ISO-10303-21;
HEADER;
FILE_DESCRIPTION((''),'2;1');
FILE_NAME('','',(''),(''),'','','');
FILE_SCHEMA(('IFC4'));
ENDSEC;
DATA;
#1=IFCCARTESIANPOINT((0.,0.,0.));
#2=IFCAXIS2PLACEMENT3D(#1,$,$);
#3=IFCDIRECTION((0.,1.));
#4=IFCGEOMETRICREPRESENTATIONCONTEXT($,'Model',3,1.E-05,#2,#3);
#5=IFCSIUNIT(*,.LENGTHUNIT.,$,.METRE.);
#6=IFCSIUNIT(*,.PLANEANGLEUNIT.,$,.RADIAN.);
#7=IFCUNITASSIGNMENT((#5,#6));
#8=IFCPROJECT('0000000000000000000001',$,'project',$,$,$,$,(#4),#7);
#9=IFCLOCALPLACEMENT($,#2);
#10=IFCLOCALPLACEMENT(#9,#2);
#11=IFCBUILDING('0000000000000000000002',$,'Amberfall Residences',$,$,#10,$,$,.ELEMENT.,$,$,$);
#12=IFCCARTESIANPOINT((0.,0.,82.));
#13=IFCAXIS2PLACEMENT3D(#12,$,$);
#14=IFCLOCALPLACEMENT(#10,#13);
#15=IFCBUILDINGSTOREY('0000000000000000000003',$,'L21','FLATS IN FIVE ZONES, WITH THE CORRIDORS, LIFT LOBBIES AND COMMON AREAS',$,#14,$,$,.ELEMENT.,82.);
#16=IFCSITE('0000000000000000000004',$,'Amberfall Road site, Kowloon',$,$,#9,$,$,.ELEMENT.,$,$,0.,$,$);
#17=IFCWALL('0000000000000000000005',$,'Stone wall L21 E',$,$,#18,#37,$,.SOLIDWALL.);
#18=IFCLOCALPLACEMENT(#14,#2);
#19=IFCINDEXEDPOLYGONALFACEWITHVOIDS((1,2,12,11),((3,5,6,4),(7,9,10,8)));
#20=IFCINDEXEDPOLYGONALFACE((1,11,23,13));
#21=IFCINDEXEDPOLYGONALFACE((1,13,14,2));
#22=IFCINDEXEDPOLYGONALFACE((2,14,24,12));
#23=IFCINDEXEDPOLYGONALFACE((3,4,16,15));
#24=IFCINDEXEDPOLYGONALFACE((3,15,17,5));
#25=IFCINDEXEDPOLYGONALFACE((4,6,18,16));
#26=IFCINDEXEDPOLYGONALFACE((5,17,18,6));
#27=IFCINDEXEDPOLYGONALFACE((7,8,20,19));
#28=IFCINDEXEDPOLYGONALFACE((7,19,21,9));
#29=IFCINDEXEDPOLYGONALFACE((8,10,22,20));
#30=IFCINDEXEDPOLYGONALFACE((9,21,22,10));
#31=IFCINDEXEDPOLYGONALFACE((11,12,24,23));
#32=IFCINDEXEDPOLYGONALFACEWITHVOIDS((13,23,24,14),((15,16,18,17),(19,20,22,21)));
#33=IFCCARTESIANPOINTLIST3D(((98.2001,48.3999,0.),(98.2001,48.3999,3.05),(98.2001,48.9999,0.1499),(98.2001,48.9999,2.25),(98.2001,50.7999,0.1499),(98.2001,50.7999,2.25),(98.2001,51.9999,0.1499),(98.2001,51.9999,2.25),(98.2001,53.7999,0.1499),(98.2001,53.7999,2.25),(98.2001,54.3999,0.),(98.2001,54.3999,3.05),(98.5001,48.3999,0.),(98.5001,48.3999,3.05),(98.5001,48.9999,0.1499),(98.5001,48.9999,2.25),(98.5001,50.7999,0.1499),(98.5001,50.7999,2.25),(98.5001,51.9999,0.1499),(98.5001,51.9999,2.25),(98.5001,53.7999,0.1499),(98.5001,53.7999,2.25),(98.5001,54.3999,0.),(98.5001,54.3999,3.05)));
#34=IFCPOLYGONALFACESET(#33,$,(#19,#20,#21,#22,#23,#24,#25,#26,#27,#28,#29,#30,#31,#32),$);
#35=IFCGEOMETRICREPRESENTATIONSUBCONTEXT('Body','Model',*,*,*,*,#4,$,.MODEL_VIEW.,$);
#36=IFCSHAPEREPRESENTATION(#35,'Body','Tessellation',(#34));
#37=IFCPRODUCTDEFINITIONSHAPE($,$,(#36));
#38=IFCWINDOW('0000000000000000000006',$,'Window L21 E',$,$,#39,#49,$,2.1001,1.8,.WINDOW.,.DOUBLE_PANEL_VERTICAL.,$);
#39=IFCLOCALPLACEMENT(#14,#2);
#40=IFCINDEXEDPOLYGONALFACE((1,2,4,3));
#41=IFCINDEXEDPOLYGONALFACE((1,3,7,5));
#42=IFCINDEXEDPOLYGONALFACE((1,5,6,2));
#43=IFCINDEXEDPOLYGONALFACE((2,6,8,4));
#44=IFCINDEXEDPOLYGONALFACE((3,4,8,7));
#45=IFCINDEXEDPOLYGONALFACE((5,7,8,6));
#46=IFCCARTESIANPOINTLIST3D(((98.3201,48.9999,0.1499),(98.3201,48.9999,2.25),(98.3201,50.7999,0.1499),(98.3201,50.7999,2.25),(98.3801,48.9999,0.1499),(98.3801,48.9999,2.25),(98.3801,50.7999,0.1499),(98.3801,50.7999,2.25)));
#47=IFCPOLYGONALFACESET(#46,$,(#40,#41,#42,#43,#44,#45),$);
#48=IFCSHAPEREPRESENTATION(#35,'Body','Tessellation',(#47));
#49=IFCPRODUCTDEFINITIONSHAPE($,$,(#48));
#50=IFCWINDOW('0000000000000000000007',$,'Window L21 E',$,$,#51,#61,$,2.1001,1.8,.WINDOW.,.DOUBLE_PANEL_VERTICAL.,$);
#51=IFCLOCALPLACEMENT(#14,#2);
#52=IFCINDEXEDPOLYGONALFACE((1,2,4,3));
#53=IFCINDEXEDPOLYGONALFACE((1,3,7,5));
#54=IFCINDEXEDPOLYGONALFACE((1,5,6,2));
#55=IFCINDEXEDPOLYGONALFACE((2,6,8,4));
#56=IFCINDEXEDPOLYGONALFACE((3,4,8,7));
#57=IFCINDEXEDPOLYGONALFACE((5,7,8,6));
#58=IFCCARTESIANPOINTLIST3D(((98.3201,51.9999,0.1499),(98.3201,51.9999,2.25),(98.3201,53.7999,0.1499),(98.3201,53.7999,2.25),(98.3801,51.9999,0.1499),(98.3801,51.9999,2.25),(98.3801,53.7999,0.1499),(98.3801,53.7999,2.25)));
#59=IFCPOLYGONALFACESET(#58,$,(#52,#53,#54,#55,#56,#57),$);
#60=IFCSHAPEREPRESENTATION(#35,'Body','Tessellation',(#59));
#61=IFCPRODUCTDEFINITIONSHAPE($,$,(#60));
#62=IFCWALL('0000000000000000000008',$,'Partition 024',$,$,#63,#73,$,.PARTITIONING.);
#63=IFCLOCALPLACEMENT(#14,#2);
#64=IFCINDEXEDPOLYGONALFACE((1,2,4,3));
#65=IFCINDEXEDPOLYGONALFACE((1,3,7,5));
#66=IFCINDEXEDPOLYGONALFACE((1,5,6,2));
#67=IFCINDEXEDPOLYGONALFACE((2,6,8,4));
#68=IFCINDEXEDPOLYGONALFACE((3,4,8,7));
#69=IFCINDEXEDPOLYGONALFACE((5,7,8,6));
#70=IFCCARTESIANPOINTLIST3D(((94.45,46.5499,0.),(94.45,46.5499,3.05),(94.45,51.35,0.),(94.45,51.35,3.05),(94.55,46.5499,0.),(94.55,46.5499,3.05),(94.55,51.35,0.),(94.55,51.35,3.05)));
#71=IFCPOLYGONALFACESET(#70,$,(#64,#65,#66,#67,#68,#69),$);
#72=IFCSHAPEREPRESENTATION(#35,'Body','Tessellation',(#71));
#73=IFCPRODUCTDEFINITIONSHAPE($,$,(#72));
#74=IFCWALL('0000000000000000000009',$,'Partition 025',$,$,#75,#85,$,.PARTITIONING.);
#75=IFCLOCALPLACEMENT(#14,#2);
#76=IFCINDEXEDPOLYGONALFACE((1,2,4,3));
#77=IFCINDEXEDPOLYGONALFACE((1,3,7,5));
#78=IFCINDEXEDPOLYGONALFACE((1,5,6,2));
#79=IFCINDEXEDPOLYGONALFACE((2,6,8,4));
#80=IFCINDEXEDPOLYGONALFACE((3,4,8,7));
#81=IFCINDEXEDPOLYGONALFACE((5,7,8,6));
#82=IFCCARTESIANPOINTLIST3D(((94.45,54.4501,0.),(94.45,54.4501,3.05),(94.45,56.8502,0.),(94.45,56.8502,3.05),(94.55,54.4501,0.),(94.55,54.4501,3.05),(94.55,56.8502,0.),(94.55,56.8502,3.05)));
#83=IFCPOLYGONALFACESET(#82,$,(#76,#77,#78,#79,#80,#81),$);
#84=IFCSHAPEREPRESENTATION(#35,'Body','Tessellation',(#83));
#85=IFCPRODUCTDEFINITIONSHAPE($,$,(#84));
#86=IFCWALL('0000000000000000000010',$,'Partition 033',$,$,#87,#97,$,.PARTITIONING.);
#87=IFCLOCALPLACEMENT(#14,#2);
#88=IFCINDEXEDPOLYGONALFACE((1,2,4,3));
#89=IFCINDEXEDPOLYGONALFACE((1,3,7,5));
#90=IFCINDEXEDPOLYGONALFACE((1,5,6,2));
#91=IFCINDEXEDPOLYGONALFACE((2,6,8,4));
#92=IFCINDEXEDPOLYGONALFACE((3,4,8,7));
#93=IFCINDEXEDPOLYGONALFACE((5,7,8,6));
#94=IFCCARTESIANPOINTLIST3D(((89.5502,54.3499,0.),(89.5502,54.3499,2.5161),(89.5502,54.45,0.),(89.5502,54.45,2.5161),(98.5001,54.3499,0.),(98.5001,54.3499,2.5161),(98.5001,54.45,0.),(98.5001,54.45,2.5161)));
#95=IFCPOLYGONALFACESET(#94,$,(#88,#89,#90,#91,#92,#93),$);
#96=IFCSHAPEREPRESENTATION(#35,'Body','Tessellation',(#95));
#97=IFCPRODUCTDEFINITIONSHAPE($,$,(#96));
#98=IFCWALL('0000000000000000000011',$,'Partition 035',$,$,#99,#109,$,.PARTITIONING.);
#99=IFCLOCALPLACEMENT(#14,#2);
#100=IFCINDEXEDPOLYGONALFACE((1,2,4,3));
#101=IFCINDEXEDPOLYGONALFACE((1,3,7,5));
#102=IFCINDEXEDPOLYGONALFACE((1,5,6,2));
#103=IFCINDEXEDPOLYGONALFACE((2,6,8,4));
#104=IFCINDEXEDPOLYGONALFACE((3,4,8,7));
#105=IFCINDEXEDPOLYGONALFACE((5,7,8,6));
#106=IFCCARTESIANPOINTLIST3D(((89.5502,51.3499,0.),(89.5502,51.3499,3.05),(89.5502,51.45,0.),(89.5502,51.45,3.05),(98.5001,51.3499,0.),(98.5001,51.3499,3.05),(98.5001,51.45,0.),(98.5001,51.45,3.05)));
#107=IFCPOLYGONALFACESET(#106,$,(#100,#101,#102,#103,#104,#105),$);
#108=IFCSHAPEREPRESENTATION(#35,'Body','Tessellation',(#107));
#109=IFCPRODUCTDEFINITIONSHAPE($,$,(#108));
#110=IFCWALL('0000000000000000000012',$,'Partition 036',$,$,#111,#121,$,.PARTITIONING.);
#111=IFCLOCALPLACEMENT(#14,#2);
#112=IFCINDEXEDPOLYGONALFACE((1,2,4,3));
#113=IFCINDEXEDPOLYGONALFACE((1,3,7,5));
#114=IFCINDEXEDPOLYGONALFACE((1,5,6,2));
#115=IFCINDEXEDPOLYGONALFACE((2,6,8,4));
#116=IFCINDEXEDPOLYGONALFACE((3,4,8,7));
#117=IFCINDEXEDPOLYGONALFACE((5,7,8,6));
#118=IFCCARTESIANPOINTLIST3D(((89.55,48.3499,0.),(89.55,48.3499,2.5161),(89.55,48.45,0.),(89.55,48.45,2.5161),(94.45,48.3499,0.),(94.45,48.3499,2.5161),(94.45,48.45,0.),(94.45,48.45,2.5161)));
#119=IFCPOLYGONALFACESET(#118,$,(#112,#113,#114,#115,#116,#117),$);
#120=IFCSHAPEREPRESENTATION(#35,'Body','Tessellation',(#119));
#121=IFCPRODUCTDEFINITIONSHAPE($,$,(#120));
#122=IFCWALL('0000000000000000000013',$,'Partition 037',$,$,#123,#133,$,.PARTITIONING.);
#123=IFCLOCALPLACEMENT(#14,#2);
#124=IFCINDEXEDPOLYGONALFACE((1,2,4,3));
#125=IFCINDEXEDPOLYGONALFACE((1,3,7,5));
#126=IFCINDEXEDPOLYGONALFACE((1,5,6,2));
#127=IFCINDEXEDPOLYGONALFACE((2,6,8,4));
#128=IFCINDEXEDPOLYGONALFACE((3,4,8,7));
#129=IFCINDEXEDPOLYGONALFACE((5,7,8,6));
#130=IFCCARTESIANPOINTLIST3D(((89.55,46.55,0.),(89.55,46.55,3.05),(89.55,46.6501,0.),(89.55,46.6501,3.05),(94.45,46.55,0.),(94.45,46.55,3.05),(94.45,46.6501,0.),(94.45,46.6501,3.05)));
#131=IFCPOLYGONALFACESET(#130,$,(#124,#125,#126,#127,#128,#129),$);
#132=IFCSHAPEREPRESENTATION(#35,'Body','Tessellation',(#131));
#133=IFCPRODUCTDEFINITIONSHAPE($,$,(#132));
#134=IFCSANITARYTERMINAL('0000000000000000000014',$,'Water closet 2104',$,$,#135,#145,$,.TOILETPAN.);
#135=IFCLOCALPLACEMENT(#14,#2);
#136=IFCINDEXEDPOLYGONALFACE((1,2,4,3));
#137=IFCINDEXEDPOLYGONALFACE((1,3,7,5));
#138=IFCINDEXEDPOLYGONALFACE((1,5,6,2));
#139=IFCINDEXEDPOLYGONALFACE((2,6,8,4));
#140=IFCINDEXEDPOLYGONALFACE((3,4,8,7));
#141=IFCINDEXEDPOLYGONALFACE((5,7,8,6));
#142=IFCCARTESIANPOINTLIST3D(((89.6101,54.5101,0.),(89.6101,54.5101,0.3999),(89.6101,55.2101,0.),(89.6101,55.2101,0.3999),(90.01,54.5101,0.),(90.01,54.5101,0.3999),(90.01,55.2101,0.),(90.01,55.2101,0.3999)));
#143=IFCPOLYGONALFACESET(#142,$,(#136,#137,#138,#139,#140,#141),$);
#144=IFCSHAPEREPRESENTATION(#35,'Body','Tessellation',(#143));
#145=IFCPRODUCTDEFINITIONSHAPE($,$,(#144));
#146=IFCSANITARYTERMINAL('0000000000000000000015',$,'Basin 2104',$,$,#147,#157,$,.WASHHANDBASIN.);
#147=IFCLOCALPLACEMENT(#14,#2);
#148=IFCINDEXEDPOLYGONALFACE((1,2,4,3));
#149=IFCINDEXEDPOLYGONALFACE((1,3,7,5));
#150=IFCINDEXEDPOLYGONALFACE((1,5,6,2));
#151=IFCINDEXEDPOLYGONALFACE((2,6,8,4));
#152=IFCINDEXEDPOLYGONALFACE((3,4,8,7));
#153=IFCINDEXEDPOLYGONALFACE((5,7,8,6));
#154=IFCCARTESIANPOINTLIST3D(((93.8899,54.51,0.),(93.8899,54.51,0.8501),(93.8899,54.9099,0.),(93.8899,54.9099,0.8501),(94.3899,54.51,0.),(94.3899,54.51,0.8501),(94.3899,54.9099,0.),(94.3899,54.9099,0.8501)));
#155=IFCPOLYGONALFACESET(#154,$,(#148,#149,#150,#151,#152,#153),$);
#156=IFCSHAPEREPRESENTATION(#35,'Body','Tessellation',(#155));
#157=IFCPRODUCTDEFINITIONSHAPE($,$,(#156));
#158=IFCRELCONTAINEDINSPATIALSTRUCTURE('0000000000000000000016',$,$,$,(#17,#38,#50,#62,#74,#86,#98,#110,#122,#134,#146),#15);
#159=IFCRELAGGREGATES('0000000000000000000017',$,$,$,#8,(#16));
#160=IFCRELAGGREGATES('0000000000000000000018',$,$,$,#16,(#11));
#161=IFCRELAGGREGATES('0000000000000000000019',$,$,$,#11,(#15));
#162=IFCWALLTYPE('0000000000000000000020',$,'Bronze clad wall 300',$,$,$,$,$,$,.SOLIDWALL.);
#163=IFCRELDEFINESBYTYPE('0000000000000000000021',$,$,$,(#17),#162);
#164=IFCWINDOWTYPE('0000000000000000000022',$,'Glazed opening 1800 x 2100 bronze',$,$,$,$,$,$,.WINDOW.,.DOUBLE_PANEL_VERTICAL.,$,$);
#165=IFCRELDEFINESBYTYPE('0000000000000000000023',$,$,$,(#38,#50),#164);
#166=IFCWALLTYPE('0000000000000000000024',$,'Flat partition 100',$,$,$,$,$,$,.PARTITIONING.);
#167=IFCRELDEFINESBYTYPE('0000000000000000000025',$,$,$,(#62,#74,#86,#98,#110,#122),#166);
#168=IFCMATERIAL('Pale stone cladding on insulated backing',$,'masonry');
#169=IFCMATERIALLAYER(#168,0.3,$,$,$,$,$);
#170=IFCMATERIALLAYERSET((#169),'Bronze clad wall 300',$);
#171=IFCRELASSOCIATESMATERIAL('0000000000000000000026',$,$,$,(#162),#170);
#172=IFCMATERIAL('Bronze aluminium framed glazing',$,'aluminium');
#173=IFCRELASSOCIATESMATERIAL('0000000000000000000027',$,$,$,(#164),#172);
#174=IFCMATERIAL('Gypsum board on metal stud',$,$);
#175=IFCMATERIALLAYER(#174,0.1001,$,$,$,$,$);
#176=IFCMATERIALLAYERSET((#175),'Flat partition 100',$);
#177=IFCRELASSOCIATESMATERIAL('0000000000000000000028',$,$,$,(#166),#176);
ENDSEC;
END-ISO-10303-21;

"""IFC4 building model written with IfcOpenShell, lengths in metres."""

from ifc_helpers import new_model, si_unit, direction, frame, frame_2d, origin, origin_2d, place, context, subcontext, project, spatial, rectangle, extrude, material, layer, layer_set, type_object, element, fill, save


model = new_model("IFC4")

# Units and contexts
model_context = context("Model", 3, precision=1e-05, world=origin(), true_north=direction((0.0, 1.0)))
body_context = subcontext(model_context, "Body", "Model", "MODEL_VIEW")
ifc_project = project(units=[si_unit("LENGTHUNIT", "METRE"), si_unit("PLANEANGLEUNIT", "RADIAN")], contexts=[model_context])

# Site, building, storey
site_placement = place(None, origin())
site = spatial("IfcSite", under=ifc_project, at=site_placement, Name="Amberfall Road site, Kowloon", CompositionType="ELEMENT", RefElevation=0.0)
building_placement = place(site_placement, origin())
building = spatial("IfcBuilding", under=site, at=building_placement, Name="Amberfall Residences", CompositionType="ELEMENT")
storey_placement = place(building_placement, frame((0.0, 0.0, 82.0)))
storey = spatial("IfcBuildingStorey", under=building, at=storey_placement, Name="L21", Description="FLATS IN FIVE ZONES, WITH THE CORRIDORS, LIFT LOBBIES AND COMMON AREAS", CompositionType="ELEMENT", Elevation=82.0)

# Shared definitions
ifc_material_1 = material(Name="Pale stone cladding on insulated backing", Category="masonry")
ifc_layer_1 = layer(ifc_material_1, 0.3)
ifc_layer_set_1 = layer_set([ifc_layer_1], Name="Bronze clad wall 300")
wall_type_1 = type_object("IfcWallType", Name="Bronze clad wall 300", PredefinedType="SOLIDWALL", material=ifc_layer_set_1)

# Wall, openings, windows
wall_1_placement = place(storey_placement, frame((98.3501, 48.3999, 0.0), z_axis=(0.0, 0.0, 1.0), x_axis=(0.0, 1.0, 0.0)))
wall_1 = element("IfcWall", 1, at=wall_1_placement, inside=storey, type_object=wall_type_1, Name="Stone wall L21 E", PredefinedType="SOLIDWALL", context=body_context, shape_type="SweptSolid", body=[
    extrude(rectangle(XDim=6.0, YDim=0.3, at=frame_2d((3.0, 0.0))), origin(), (0.0, 0.0, 1.0), 3.05),
])
opening_1_placement = place(wall_1_placement, frame((0.6001, 0.0, 0.1499)))
opening_1 = element("IfcOpeningElement", 2, at=opening_1_placement, cuts=wall_1, PredefinedType="OPENING", context=body_context, shape_type="SweptSolid", body=[
    extrude(rectangle(XDim=1.8, YDim=2.1001, at=frame_2d((0.8999, 1.05))), frame((0.0, 0.1599, 0.0), z_axis=(0.0, -1.0, 0.0), x_axis=(1.0, 0.0, 0.0)), (0.0, 0.0, 1.0), 0.3201),
])
opening_2_placement = place(wall_1_placement, frame((3.6001, 0.0, 0.1499)))
opening_2 = element("IfcOpeningElement", 3, at=opening_2_placement, cuts=wall_1, PredefinedType="OPENING", context=body_context, shape_type="SweptSolid", body=[
    extrude(rectangle(XDim=1.8, YDim=2.1001, at=frame_2d((0.8999, 1.05))), frame((0.0, 0.1599, 0.0), z_axis=(0.0, -1.0, 0.0), x_axis=(1.0, 0.0, 0.0)), (0.0, 0.0, 1.0), 0.3201),
])
ifc_material_2 = material(Name="Bronze aluminium framed glazing", Category="aluminium")
window_type = type_object("IfcWindowType", Name="Glazed opening 1800 x 2100 bronze", PartitioningType="DOUBLE_PANEL_VERTICAL", PredefinedType="WINDOW", material=ifc_material_2)
window_1_placement = place(opening_1_placement, origin())
window_1 = element("IfcWindow", 4, at=window_1_placement, inside=storey, type_object=window_type, Name="Window L21 E", OverallHeight=2.1001, OverallWidth=1.8, PartitioningType="DOUBLE_PANEL_VERTICAL", PredefinedType="WINDOW", context=body_context, shape_type="SweptSolid", body=[
    extrude(rectangle(XDim=1.8, YDim=2.1001, at=frame_2d((0.8999, 1.05))), frame((0.0, 0.03, 0.0), z_axis=(0.0, -1.0, 0.0), x_axis=(1.0, 0.0, 0.0)), (0.0, 0.0, 1.0), 0.0601),
])
fill(opening_1, window_1)
window_2_placement = place(opening_2_placement, origin())
window_2 = element("IfcWindow", 5, at=window_2_placement, inside=storey, type_object=window_type, Name="Window L21 E", OverallHeight=2.1001, OverallWidth=1.8, PartitioningType="DOUBLE_PANEL_VERTICAL", PredefinedType="WINDOW", context=body_context, shape_type="SweptSolid", body=[
    extrude(rectangle(XDim=1.8, YDim=2.1001, at=frame_2d((0.8999, 1.05))), frame((0.0, 0.03, 0.0), z_axis=(0.0, -1.0, 0.0), x_axis=(1.0, 0.0, 0.0)), (0.0, 0.0, 1.0), 0.0601),
])
fill(opening_2, window_2)

# Walls
ifc_material_3 = material(Name="Gypsum board on metal stud")
ifc_layer_2 = layer(ifc_material_3, 0.1001)
ifc_layer_set_2 = layer_set([ifc_layer_2], Name="Flat partition 100")
wall_type_2 = type_object("IfcWallType", Name="Flat partition 100", PredefinedType="PARTITIONING", material=ifc_layer_set_2)
wall_2_placement = place(storey_placement, frame((94.5, 46.55, 0.0), z_axis=(0.0, 0.0, 1.0), x_axis=(0.0, 1.0, 0.0)))
element("IfcWall", 6, at=wall_2_placement, inside=storey, type_object=wall_type_2, Name="Partition 024", PredefinedType="PARTITIONING", context=body_context, shape_type="SweptSolid", body=[
    extrude(rectangle(XDim=4.8, YDim=0.1001, at=frame_2d((2.3999, 0.0))), origin(), (0.0, 0.0, 1.0), 3.05),
])
wall_3_placement = place(storey_placement, frame((94.5, 54.45, 0.0), z_axis=(0.0, 0.0, 1.0), x_axis=(0.0, 1.0, 0.0)))
element("IfcWall", 7, at=wall_3_placement, inside=storey, type_object=wall_type_2, Name="Partition 025", PredefinedType="PARTITIONING", context=body_context, shape_type="SweptSolid", body=[
    extrude(rectangle(XDim=2.4001, YDim=0.1001, at=frame_2d((1.2002, 0.0))), origin(), (0.0, 0.0, 1.0), 3.05),
])
wall_4_placement = place(storey_placement, frame((89.55, 54.3999, 0.0), z_axis=(0.0, 0.0, 1.0), x_axis=(1.0, 0.0, 0.0)))
element("IfcWall", 8, at=wall_4_placement, inside=storey, type_object=wall_type_2, Name="Partition 033", PredefinedType="PARTITIONING", context=body_context, shape_type="SweptSolid", body=[
    extrude(rectangle(XDim=8.95, YDim=0.1001, at=frame_2d((4.4751, 0.0))), origin(), (0.0, 0.0, 1.0), 2.5161),
])
wall_5_placement = place(storey_placement, frame((89.55, 51.3999, 0.0), z_axis=(0.0, 0.0, 1.0), x_axis=(1.0, 0.0, 0.0)))
element("IfcWall", 9, at=wall_5_placement, inside=storey, type_object=wall_type_2, Name="Partition 035", PredefinedType="PARTITIONING", context=body_context, shape_type="SweptSolid", body=[
    extrude(rectangle(XDim=8.95, YDim=0.1001, at=frame_2d((4.4751, 0.0))), origin(), (0.0, 0.0, 1.0), 3.05),
])
wall_6_placement = place(storey_placement, frame((89.55, 48.3999, 0.0), z_axis=(0.0, 0.0, 1.0), x_axis=(1.0, 0.0, 0.0)))
element("IfcWall", 10, at=wall_6_placement, inside=storey, type_object=wall_type_2, Name="Partition 036", PredefinedType="PARTITIONING", context=body_context, shape_type="SweptSolid", body=[
    extrude(rectangle(XDim=4.8999, YDim=0.1001, at=frame_2d((2.45, 0.0))), origin(), (0.0, 0.0, 1.0), 2.5161),
])
wall_7_placement = place(storey_placement, frame((89.55, 46.6001, 0.0), z_axis=(0.0, 0.0, 1.0), x_axis=(1.0, 0.0, 0.0)))
element("IfcWall", 11, at=wall_7_placement, inside=storey, type_object=wall_type_2, Name="Partition 037", PredefinedType="PARTITIONING", context=body_context, shape_type="SweptSolid", body=[
    extrude(rectangle(XDim=4.8999, YDim=0.1001, at=frame_2d((2.45, 0.0))), origin(), (0.0, 0.0, 1.0), 3.05),
])

# Sanitary terminals
sanitary_terminal_1_placement = place(storey_placement, frame((89.8101, 54.8601, 0.0), z_axis=(0.0, 0.0, 1.0), x_axis=(1.0, 0.0, 0.0)))
element("IfcSanitaryTerminal", 12, at=sanitary_terminal_1_placement, inside=storey, Name="Water closet 2104", PredefinedType="TOILETPAN", context=body_context, shape_type="SweptSolid", body=[
    extrude(rectangle(XDim=0.3999, YDim=0.7, at=origin_2d()), origin(), (0.0, 0.0, 1.0), 0.3999),
])
sanitary_terminal_2_placement = place(storey_placement, frame((94.1399, 54.71, 0.0), z_axis=(0.0, 0.0, 1.0), x_axis=(1.0, 0.0, 0.0)))
element("IfcSanitaryTerminal", 13, at=sanitary_terminal_2_placement, inside=storey, Name="Basin 2104", PredefinedType="WASHHANDBASIN", context=body_context, shape_type="SweptSolid", body=[
    extrude(rectangle(XDim=0.5, YDim=0.3999, at=origin_2d()), origin(), (0.0, 0.0, 1.0), 0.8501),
])

save(model, "model.ifc")
